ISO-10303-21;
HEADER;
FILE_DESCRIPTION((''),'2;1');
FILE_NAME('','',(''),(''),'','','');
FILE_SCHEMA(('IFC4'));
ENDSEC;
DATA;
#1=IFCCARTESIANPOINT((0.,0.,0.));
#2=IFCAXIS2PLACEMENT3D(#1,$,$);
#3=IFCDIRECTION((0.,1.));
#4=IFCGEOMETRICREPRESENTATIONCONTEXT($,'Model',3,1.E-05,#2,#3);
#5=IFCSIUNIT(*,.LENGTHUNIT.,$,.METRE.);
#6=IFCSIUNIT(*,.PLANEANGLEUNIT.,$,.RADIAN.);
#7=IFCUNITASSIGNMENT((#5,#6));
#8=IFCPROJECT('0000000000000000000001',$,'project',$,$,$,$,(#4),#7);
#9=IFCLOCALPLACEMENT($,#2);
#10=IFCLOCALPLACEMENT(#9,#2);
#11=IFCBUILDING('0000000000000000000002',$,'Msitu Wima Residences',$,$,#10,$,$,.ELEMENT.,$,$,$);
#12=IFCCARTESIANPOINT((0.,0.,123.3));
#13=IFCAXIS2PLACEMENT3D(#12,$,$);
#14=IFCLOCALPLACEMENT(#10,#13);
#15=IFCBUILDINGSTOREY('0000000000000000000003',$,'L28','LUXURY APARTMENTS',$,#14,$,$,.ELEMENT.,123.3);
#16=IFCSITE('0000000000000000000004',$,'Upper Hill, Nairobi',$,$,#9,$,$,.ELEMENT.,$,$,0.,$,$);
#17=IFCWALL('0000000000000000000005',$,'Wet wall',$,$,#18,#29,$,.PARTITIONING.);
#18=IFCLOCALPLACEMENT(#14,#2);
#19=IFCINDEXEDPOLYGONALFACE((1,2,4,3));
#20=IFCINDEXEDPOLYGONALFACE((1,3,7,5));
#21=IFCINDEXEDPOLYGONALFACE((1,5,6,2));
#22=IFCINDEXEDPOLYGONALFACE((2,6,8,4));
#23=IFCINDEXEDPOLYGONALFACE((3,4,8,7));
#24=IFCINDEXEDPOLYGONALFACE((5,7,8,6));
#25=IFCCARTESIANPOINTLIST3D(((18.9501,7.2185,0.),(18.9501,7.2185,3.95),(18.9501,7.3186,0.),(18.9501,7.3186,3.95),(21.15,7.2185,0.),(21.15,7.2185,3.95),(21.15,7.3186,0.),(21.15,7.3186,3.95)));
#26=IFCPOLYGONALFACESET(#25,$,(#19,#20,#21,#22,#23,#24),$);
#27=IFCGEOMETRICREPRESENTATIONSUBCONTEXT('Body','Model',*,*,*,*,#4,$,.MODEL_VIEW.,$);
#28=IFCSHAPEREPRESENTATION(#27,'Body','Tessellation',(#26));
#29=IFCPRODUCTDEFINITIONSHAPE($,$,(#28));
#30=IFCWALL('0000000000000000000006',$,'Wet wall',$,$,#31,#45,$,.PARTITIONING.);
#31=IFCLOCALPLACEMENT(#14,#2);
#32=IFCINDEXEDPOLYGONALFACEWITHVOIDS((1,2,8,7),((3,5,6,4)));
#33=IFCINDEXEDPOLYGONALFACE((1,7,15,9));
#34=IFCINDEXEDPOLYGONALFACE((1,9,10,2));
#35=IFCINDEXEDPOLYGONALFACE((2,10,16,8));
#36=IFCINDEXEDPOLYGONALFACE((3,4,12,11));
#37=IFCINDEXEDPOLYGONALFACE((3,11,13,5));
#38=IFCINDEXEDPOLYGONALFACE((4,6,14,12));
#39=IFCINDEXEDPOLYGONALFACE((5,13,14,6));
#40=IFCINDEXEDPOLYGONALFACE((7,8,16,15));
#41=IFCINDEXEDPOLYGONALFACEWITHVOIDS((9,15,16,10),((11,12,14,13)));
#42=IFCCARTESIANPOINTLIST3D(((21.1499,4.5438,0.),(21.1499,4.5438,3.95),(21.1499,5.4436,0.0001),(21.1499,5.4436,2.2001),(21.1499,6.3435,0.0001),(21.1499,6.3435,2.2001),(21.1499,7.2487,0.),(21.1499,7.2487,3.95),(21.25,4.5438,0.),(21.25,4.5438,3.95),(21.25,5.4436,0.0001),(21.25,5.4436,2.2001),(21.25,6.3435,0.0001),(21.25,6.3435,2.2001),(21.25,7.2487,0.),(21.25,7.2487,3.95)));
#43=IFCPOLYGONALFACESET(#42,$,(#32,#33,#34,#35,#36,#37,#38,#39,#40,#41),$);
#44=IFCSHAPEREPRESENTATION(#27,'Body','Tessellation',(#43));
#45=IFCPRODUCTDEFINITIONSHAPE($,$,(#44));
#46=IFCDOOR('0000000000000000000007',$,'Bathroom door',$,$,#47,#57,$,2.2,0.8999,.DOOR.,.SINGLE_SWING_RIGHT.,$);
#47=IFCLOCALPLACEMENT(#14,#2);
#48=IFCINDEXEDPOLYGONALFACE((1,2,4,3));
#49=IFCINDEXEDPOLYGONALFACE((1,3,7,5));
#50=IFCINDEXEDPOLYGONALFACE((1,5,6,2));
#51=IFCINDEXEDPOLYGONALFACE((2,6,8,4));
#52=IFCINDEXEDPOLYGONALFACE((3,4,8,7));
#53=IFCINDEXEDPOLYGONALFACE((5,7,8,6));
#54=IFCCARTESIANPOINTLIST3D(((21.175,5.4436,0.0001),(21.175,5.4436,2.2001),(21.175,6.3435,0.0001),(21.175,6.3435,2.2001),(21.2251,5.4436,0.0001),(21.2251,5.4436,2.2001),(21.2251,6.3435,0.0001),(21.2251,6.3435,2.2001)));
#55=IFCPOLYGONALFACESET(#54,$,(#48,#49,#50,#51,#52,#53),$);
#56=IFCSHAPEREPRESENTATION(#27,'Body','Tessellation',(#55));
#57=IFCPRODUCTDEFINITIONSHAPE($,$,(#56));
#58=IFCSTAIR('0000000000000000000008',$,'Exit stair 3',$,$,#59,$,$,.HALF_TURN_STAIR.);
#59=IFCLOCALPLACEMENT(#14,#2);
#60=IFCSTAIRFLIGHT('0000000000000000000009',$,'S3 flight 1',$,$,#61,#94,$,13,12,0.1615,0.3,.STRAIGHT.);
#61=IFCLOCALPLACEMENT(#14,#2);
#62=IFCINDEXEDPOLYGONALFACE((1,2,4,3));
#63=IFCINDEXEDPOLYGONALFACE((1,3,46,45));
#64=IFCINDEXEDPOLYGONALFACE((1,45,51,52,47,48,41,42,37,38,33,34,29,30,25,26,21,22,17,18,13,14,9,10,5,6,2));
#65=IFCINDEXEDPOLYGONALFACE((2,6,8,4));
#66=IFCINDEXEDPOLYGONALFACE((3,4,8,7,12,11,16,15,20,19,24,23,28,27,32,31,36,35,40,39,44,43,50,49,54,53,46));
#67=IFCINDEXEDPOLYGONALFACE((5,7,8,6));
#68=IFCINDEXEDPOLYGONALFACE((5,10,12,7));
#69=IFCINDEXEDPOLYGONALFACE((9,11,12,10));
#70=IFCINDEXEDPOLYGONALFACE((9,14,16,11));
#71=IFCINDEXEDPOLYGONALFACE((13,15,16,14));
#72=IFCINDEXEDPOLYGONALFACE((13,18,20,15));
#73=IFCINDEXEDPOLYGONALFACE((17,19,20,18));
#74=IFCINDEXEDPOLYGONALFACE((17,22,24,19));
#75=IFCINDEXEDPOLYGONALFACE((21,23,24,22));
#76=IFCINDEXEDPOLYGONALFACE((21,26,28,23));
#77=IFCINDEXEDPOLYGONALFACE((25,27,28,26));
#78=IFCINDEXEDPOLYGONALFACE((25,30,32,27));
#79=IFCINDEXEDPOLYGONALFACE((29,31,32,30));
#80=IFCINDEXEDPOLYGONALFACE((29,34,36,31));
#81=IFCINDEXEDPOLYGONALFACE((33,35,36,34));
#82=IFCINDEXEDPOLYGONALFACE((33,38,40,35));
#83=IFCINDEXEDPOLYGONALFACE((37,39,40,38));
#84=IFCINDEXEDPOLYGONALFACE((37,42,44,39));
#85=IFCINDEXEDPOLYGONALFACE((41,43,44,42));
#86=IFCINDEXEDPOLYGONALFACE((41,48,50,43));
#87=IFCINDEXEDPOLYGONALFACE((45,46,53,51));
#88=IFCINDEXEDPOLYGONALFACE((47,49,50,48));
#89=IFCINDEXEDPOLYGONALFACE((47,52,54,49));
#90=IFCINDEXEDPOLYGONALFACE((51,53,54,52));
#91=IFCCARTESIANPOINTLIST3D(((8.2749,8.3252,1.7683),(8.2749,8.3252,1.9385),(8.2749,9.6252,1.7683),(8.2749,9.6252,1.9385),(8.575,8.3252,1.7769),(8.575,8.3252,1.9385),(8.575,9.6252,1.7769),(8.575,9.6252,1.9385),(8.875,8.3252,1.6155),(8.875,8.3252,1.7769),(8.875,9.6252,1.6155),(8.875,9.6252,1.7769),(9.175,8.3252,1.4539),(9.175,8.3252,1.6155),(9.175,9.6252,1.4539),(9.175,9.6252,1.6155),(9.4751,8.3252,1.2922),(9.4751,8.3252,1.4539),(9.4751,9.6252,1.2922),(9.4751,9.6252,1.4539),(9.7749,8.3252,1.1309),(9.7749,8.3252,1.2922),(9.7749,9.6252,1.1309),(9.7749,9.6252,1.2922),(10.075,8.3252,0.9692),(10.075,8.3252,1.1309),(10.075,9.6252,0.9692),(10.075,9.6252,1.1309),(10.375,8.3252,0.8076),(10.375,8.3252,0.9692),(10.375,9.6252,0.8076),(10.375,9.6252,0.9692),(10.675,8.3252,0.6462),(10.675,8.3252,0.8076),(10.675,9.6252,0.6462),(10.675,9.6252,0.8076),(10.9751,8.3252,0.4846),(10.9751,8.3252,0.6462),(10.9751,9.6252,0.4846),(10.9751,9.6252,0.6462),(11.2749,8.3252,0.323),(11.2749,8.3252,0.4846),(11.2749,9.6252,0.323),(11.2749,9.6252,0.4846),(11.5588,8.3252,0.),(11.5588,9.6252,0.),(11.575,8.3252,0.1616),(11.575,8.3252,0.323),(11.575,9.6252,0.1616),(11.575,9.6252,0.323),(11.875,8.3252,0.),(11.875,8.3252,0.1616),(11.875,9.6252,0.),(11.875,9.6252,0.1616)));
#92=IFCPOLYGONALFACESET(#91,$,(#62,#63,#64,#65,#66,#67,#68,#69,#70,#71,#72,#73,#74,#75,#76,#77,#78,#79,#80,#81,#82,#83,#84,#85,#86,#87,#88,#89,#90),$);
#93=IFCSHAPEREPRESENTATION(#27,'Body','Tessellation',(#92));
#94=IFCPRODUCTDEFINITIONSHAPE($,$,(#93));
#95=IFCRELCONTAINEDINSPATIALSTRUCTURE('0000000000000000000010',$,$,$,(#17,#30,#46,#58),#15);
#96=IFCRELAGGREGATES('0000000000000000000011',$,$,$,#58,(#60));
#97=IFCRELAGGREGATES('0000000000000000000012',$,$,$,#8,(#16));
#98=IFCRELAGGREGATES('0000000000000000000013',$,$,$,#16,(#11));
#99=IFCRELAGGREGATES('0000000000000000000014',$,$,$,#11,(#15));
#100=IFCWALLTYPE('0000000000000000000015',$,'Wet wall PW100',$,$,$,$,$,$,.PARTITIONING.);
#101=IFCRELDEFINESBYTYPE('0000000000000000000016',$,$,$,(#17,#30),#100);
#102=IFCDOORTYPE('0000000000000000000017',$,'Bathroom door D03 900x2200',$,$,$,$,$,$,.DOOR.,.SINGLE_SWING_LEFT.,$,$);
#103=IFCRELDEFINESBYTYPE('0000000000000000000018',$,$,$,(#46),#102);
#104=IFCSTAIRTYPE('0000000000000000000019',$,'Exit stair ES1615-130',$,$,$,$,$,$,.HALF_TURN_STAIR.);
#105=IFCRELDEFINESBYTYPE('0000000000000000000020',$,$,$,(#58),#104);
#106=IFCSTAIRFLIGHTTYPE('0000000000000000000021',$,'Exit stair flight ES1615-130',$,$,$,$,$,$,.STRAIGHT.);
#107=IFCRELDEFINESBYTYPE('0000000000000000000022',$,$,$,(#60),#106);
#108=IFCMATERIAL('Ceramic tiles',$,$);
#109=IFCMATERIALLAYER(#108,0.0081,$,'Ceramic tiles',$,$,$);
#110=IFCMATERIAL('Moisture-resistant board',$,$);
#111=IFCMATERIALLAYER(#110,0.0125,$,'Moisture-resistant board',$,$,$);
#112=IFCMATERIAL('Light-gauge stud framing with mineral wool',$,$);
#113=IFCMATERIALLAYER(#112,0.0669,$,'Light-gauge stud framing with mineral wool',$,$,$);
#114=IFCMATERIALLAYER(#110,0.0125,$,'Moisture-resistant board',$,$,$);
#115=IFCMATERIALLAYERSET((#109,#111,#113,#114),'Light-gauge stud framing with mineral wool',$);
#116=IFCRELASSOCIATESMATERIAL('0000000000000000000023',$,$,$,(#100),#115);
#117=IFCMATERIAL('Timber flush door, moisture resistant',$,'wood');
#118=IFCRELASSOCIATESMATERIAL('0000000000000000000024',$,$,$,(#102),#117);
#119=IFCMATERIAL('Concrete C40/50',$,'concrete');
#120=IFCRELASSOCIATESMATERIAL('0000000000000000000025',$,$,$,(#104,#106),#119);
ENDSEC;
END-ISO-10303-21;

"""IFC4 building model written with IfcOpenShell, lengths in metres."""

from ifc_helpers import new_model, si_unit, direction, frame, frame_2d, origin, place, context, subcontext, project, spatial, polyline, rectangle, outline, extrude, material, layer, layer_set, type_object, element, fill, aggregate, save


model = new_model("IFC4")

# Units and contexts
model_context = context("Model", 3, precision=1e-05, world=origin(), true_north=direction((0.0, 1.0)))
body_context = subcontext(model_context, "Body", "Model", "MODEL_VIEW")
ifc_project = project(units=[si_unit("LENGTHUNIT", "METRE"), si_unit("PLANEANGLEUNIT", "RADIAN")], contexts=[model_context])

# Site, building, storey
site_placement = place(None, origin())
site = spatial("IfcSite", under=ifc_project, at=site_placement, Name="Upper Hill, Nairobi", CompositionType="ELEMENT", RefElevation=0.0)
building_placement = place(site_placement, origin())
building = spatial("IfcBuilding", under=site, at=building_placement, Name="Msitu Wima Residences", CompositionType="ELEMENT")
storey_placement = place(building_placement, frame((0.0, 0.0, 123.3)))
storey = spatial("IfcBuildingStorey", under=building, at=storey_placement, Name="L28", Description="LUXURY APARTMENTS", CompositionType="ELEMENT", Elevation=123.3)

# Wall
ifc_material_1 = material(Name="Ceramic tiles")
ifc_layer_1 = layer(ifc_material_1, 0.0081, Name="Ceramic tiles")
ifc_material_2 = material(Name="Moisture-resistant board")
ifc_layer_2 = layer(ifc_material_2, 0.0125, Name="Moisture-resistant board")
ifc_material_3 = material(Name="Light-gauge stud framing with mineral wool")
ifc_layer_3 = layer(ifc_material_3, 0.0669, Name="Light-gauge stud framing with mineral wool")
ifc_layer_4 = layer(ifc_material_2, 0.0125, Name="Moisture-resistant board")
ifc_layer_set_1 = layer_set([ifc_layer_1, ifc_layer_2, ifc_layer_3, ifc_layer_4], Name="Light-gauge stud framing with mineral wool")
wall_type_1 = type_object("IfcWallType", Name="Wet wall PW100", PredefinedType="PARTITIONING", material=ifc_layer_set_1)
wall_1_placement = place(storey_placement, frame((18.95, 7.2686, 0.0), z_axis=(0.0, 0.0, 1.0), x_axis=(1.0, 0.0, 0.0)))
element("IfcWall", 1, at=wall_1_placement, inside=storey, type_object=wall_type_1, Name="Wet wall", PredefinedType="PARTITIONING", context=body_context, shape_type="SweptSolid", body=[
    extrude(rectangle(XDim=2.2, YDim=0.1001, at=frame_2d((1.1001, 0.0))), origin(), (0.0, 0.0, 1.0), 3.95),
])

# Wall, opening, door
wall_2_placement = place(storey_placement, frame((21.2, 4.5437, 0.0), z_axis=(0.0, 0.0, 1.0), x_axis=(0.0, 1.0, 0.0)))
wall_2 = element("IfcWall", 2, at=wall_2_placement, inside=storey, type_object=wall_type_1, Name="Wet wall", PredefinedType="PARTITIONING", context=body_context, shape_type="SweptSolid", body=[
    extrude(rectangle(XDim=2.7048, YDim=0.1001, at=frame_2d((1.3525, 0.0))), origin(), (0.0, 0.0, 1.0), 3.95),
])
opening_1_placement = place(wall_2_placement, frame((0.8999, 0.0, 0.0)))
opening_1 = element("IfcOpeningElement", 3, at=opening_1_placement, cuts=wall_2, PredefinedType="OPENING", context=body_context, shape_type="SweptSolid", body=[
    extrude(rectangle(XDim=0.8999, YDim=2.2, at=frame_2d((0.45, 1.1001))), frame((0.0, 0.0601, 0.0), z_axis=(0.0, -1.0, 0.0), x_axis=(1.0, 0.0, 0.0)), (0.0, 0.0, 1.0), 0.1201),
])
ifc_material_4 = material(Name="Timber flush door, moisture resistant", Category="wood")
door_type_1 = type_object("IfcDoorType", Name="Bathroom door D03 900x2200", OperationType="SINGLE_SWING_LEFT", PredefinedType="DOOR", material=ifc_material_4)
door_1_placement = place(opening_1_placement, origin())
door_1 = element("IfcDoor", 4, at=door_1_placement, inside=storey, type_object=door_type_1, Name="Bathroom door", OperationType="SINGLE_SWING_RIGHT", OverallHeight=2.2, OverallWidth=0.8999, PredefinedType="DOOR", context=body_context, shape_type="SweptSolid", body=[
    extrude(rectangle(XDim=0.8999, YDim=2.2, at=frame_2d((0.45, 1.1001))), frame((0.0, 0.0249, 0.0), z_axis=(0.0, -1.0, 0.0), x_axis=(1.0, 0.0, 0.0)), (0.0, 0.0, 1.0), 0.05),
])
fill(opening_1, door_1)

# Stair, stair flight
ifc_material_5 = material(Name="Concrete C40/50", Category="concrete")
stair_type = type_object("IfcStairType", Name="Exit stair ES1615-130", PredefinedType="HALF_TURN_STAIR", material=ifc_material_5)
stair_placement = place(storey_placement, origin())
stair = element("IfcStair", 5, at=stair_placement, inside=storey, type_object=stair_type, Name="Exit stair 3", PredefinedType="HALF_TURN_STAIR")
stair_flight_type = type_object("IfcStairFlightType", Name="Exit stair flight ES1615-130", PredefinedType="STRAIGHT", material=ifc_material_5)
stair_flight_placement = place(storey_placement, frame((11.875, 8.9751, 0.0), z_axis=(0.0, 0.0, 1.0), x_axis=(-1.0, 0.0, 0.0)))
stair_flight = element("IfcStairFlight", 6, at=stair_flight_placement, type_object=stair_flight_type, Name="S3 flight 1", NumberOfRisers=13, NumberOfTreads=12, PredefinedType="STRAIGHT", RiserHeight=0.1615, TreadLength=0.3, context=body_context, shape_type="SweptSolid", body=[
    extrude(outline(polyline([(0.0, 0.0), (0.0, 0.1616), (0.3, 0.1616), (0.3, 0.323), (0.6001, 0.323), (0.6001, 0.4846), (0.8999, 0.4846), (0.8999, 0.6462), (1.2, 0.6462), (1.2, 0.8076), (1.5, 0.8076), (1.5, 0.9692), (1.8, 0.9692), (1.8, 1.1309), (2.1001, 1.1309), (2.1001, 1.2922), (2.3999, 1.2922), (2.3999, 1.4539), (2.7, 1.4539), (2.7, 1.6155), (3.0, 1.6155), (3.0, 1.7769), (3.3, 1.7769), (3.3, 1.9385), (3.6001, 1.9385), (3.6001, 2.1001), (3.6001, 1.7683), (0.3162, 0.0), (0.0, 0.0)])), frame((0.0, 0.6499, 0.0), z_axis=(0.0, -1.0, 0.0), x_axis=(1.0, 0.0, 0.0)), (0.0, 0.0, 1.0), 1.3),
])
aggregate(stair, [stair_flight])

save(model, "model.ifc")
